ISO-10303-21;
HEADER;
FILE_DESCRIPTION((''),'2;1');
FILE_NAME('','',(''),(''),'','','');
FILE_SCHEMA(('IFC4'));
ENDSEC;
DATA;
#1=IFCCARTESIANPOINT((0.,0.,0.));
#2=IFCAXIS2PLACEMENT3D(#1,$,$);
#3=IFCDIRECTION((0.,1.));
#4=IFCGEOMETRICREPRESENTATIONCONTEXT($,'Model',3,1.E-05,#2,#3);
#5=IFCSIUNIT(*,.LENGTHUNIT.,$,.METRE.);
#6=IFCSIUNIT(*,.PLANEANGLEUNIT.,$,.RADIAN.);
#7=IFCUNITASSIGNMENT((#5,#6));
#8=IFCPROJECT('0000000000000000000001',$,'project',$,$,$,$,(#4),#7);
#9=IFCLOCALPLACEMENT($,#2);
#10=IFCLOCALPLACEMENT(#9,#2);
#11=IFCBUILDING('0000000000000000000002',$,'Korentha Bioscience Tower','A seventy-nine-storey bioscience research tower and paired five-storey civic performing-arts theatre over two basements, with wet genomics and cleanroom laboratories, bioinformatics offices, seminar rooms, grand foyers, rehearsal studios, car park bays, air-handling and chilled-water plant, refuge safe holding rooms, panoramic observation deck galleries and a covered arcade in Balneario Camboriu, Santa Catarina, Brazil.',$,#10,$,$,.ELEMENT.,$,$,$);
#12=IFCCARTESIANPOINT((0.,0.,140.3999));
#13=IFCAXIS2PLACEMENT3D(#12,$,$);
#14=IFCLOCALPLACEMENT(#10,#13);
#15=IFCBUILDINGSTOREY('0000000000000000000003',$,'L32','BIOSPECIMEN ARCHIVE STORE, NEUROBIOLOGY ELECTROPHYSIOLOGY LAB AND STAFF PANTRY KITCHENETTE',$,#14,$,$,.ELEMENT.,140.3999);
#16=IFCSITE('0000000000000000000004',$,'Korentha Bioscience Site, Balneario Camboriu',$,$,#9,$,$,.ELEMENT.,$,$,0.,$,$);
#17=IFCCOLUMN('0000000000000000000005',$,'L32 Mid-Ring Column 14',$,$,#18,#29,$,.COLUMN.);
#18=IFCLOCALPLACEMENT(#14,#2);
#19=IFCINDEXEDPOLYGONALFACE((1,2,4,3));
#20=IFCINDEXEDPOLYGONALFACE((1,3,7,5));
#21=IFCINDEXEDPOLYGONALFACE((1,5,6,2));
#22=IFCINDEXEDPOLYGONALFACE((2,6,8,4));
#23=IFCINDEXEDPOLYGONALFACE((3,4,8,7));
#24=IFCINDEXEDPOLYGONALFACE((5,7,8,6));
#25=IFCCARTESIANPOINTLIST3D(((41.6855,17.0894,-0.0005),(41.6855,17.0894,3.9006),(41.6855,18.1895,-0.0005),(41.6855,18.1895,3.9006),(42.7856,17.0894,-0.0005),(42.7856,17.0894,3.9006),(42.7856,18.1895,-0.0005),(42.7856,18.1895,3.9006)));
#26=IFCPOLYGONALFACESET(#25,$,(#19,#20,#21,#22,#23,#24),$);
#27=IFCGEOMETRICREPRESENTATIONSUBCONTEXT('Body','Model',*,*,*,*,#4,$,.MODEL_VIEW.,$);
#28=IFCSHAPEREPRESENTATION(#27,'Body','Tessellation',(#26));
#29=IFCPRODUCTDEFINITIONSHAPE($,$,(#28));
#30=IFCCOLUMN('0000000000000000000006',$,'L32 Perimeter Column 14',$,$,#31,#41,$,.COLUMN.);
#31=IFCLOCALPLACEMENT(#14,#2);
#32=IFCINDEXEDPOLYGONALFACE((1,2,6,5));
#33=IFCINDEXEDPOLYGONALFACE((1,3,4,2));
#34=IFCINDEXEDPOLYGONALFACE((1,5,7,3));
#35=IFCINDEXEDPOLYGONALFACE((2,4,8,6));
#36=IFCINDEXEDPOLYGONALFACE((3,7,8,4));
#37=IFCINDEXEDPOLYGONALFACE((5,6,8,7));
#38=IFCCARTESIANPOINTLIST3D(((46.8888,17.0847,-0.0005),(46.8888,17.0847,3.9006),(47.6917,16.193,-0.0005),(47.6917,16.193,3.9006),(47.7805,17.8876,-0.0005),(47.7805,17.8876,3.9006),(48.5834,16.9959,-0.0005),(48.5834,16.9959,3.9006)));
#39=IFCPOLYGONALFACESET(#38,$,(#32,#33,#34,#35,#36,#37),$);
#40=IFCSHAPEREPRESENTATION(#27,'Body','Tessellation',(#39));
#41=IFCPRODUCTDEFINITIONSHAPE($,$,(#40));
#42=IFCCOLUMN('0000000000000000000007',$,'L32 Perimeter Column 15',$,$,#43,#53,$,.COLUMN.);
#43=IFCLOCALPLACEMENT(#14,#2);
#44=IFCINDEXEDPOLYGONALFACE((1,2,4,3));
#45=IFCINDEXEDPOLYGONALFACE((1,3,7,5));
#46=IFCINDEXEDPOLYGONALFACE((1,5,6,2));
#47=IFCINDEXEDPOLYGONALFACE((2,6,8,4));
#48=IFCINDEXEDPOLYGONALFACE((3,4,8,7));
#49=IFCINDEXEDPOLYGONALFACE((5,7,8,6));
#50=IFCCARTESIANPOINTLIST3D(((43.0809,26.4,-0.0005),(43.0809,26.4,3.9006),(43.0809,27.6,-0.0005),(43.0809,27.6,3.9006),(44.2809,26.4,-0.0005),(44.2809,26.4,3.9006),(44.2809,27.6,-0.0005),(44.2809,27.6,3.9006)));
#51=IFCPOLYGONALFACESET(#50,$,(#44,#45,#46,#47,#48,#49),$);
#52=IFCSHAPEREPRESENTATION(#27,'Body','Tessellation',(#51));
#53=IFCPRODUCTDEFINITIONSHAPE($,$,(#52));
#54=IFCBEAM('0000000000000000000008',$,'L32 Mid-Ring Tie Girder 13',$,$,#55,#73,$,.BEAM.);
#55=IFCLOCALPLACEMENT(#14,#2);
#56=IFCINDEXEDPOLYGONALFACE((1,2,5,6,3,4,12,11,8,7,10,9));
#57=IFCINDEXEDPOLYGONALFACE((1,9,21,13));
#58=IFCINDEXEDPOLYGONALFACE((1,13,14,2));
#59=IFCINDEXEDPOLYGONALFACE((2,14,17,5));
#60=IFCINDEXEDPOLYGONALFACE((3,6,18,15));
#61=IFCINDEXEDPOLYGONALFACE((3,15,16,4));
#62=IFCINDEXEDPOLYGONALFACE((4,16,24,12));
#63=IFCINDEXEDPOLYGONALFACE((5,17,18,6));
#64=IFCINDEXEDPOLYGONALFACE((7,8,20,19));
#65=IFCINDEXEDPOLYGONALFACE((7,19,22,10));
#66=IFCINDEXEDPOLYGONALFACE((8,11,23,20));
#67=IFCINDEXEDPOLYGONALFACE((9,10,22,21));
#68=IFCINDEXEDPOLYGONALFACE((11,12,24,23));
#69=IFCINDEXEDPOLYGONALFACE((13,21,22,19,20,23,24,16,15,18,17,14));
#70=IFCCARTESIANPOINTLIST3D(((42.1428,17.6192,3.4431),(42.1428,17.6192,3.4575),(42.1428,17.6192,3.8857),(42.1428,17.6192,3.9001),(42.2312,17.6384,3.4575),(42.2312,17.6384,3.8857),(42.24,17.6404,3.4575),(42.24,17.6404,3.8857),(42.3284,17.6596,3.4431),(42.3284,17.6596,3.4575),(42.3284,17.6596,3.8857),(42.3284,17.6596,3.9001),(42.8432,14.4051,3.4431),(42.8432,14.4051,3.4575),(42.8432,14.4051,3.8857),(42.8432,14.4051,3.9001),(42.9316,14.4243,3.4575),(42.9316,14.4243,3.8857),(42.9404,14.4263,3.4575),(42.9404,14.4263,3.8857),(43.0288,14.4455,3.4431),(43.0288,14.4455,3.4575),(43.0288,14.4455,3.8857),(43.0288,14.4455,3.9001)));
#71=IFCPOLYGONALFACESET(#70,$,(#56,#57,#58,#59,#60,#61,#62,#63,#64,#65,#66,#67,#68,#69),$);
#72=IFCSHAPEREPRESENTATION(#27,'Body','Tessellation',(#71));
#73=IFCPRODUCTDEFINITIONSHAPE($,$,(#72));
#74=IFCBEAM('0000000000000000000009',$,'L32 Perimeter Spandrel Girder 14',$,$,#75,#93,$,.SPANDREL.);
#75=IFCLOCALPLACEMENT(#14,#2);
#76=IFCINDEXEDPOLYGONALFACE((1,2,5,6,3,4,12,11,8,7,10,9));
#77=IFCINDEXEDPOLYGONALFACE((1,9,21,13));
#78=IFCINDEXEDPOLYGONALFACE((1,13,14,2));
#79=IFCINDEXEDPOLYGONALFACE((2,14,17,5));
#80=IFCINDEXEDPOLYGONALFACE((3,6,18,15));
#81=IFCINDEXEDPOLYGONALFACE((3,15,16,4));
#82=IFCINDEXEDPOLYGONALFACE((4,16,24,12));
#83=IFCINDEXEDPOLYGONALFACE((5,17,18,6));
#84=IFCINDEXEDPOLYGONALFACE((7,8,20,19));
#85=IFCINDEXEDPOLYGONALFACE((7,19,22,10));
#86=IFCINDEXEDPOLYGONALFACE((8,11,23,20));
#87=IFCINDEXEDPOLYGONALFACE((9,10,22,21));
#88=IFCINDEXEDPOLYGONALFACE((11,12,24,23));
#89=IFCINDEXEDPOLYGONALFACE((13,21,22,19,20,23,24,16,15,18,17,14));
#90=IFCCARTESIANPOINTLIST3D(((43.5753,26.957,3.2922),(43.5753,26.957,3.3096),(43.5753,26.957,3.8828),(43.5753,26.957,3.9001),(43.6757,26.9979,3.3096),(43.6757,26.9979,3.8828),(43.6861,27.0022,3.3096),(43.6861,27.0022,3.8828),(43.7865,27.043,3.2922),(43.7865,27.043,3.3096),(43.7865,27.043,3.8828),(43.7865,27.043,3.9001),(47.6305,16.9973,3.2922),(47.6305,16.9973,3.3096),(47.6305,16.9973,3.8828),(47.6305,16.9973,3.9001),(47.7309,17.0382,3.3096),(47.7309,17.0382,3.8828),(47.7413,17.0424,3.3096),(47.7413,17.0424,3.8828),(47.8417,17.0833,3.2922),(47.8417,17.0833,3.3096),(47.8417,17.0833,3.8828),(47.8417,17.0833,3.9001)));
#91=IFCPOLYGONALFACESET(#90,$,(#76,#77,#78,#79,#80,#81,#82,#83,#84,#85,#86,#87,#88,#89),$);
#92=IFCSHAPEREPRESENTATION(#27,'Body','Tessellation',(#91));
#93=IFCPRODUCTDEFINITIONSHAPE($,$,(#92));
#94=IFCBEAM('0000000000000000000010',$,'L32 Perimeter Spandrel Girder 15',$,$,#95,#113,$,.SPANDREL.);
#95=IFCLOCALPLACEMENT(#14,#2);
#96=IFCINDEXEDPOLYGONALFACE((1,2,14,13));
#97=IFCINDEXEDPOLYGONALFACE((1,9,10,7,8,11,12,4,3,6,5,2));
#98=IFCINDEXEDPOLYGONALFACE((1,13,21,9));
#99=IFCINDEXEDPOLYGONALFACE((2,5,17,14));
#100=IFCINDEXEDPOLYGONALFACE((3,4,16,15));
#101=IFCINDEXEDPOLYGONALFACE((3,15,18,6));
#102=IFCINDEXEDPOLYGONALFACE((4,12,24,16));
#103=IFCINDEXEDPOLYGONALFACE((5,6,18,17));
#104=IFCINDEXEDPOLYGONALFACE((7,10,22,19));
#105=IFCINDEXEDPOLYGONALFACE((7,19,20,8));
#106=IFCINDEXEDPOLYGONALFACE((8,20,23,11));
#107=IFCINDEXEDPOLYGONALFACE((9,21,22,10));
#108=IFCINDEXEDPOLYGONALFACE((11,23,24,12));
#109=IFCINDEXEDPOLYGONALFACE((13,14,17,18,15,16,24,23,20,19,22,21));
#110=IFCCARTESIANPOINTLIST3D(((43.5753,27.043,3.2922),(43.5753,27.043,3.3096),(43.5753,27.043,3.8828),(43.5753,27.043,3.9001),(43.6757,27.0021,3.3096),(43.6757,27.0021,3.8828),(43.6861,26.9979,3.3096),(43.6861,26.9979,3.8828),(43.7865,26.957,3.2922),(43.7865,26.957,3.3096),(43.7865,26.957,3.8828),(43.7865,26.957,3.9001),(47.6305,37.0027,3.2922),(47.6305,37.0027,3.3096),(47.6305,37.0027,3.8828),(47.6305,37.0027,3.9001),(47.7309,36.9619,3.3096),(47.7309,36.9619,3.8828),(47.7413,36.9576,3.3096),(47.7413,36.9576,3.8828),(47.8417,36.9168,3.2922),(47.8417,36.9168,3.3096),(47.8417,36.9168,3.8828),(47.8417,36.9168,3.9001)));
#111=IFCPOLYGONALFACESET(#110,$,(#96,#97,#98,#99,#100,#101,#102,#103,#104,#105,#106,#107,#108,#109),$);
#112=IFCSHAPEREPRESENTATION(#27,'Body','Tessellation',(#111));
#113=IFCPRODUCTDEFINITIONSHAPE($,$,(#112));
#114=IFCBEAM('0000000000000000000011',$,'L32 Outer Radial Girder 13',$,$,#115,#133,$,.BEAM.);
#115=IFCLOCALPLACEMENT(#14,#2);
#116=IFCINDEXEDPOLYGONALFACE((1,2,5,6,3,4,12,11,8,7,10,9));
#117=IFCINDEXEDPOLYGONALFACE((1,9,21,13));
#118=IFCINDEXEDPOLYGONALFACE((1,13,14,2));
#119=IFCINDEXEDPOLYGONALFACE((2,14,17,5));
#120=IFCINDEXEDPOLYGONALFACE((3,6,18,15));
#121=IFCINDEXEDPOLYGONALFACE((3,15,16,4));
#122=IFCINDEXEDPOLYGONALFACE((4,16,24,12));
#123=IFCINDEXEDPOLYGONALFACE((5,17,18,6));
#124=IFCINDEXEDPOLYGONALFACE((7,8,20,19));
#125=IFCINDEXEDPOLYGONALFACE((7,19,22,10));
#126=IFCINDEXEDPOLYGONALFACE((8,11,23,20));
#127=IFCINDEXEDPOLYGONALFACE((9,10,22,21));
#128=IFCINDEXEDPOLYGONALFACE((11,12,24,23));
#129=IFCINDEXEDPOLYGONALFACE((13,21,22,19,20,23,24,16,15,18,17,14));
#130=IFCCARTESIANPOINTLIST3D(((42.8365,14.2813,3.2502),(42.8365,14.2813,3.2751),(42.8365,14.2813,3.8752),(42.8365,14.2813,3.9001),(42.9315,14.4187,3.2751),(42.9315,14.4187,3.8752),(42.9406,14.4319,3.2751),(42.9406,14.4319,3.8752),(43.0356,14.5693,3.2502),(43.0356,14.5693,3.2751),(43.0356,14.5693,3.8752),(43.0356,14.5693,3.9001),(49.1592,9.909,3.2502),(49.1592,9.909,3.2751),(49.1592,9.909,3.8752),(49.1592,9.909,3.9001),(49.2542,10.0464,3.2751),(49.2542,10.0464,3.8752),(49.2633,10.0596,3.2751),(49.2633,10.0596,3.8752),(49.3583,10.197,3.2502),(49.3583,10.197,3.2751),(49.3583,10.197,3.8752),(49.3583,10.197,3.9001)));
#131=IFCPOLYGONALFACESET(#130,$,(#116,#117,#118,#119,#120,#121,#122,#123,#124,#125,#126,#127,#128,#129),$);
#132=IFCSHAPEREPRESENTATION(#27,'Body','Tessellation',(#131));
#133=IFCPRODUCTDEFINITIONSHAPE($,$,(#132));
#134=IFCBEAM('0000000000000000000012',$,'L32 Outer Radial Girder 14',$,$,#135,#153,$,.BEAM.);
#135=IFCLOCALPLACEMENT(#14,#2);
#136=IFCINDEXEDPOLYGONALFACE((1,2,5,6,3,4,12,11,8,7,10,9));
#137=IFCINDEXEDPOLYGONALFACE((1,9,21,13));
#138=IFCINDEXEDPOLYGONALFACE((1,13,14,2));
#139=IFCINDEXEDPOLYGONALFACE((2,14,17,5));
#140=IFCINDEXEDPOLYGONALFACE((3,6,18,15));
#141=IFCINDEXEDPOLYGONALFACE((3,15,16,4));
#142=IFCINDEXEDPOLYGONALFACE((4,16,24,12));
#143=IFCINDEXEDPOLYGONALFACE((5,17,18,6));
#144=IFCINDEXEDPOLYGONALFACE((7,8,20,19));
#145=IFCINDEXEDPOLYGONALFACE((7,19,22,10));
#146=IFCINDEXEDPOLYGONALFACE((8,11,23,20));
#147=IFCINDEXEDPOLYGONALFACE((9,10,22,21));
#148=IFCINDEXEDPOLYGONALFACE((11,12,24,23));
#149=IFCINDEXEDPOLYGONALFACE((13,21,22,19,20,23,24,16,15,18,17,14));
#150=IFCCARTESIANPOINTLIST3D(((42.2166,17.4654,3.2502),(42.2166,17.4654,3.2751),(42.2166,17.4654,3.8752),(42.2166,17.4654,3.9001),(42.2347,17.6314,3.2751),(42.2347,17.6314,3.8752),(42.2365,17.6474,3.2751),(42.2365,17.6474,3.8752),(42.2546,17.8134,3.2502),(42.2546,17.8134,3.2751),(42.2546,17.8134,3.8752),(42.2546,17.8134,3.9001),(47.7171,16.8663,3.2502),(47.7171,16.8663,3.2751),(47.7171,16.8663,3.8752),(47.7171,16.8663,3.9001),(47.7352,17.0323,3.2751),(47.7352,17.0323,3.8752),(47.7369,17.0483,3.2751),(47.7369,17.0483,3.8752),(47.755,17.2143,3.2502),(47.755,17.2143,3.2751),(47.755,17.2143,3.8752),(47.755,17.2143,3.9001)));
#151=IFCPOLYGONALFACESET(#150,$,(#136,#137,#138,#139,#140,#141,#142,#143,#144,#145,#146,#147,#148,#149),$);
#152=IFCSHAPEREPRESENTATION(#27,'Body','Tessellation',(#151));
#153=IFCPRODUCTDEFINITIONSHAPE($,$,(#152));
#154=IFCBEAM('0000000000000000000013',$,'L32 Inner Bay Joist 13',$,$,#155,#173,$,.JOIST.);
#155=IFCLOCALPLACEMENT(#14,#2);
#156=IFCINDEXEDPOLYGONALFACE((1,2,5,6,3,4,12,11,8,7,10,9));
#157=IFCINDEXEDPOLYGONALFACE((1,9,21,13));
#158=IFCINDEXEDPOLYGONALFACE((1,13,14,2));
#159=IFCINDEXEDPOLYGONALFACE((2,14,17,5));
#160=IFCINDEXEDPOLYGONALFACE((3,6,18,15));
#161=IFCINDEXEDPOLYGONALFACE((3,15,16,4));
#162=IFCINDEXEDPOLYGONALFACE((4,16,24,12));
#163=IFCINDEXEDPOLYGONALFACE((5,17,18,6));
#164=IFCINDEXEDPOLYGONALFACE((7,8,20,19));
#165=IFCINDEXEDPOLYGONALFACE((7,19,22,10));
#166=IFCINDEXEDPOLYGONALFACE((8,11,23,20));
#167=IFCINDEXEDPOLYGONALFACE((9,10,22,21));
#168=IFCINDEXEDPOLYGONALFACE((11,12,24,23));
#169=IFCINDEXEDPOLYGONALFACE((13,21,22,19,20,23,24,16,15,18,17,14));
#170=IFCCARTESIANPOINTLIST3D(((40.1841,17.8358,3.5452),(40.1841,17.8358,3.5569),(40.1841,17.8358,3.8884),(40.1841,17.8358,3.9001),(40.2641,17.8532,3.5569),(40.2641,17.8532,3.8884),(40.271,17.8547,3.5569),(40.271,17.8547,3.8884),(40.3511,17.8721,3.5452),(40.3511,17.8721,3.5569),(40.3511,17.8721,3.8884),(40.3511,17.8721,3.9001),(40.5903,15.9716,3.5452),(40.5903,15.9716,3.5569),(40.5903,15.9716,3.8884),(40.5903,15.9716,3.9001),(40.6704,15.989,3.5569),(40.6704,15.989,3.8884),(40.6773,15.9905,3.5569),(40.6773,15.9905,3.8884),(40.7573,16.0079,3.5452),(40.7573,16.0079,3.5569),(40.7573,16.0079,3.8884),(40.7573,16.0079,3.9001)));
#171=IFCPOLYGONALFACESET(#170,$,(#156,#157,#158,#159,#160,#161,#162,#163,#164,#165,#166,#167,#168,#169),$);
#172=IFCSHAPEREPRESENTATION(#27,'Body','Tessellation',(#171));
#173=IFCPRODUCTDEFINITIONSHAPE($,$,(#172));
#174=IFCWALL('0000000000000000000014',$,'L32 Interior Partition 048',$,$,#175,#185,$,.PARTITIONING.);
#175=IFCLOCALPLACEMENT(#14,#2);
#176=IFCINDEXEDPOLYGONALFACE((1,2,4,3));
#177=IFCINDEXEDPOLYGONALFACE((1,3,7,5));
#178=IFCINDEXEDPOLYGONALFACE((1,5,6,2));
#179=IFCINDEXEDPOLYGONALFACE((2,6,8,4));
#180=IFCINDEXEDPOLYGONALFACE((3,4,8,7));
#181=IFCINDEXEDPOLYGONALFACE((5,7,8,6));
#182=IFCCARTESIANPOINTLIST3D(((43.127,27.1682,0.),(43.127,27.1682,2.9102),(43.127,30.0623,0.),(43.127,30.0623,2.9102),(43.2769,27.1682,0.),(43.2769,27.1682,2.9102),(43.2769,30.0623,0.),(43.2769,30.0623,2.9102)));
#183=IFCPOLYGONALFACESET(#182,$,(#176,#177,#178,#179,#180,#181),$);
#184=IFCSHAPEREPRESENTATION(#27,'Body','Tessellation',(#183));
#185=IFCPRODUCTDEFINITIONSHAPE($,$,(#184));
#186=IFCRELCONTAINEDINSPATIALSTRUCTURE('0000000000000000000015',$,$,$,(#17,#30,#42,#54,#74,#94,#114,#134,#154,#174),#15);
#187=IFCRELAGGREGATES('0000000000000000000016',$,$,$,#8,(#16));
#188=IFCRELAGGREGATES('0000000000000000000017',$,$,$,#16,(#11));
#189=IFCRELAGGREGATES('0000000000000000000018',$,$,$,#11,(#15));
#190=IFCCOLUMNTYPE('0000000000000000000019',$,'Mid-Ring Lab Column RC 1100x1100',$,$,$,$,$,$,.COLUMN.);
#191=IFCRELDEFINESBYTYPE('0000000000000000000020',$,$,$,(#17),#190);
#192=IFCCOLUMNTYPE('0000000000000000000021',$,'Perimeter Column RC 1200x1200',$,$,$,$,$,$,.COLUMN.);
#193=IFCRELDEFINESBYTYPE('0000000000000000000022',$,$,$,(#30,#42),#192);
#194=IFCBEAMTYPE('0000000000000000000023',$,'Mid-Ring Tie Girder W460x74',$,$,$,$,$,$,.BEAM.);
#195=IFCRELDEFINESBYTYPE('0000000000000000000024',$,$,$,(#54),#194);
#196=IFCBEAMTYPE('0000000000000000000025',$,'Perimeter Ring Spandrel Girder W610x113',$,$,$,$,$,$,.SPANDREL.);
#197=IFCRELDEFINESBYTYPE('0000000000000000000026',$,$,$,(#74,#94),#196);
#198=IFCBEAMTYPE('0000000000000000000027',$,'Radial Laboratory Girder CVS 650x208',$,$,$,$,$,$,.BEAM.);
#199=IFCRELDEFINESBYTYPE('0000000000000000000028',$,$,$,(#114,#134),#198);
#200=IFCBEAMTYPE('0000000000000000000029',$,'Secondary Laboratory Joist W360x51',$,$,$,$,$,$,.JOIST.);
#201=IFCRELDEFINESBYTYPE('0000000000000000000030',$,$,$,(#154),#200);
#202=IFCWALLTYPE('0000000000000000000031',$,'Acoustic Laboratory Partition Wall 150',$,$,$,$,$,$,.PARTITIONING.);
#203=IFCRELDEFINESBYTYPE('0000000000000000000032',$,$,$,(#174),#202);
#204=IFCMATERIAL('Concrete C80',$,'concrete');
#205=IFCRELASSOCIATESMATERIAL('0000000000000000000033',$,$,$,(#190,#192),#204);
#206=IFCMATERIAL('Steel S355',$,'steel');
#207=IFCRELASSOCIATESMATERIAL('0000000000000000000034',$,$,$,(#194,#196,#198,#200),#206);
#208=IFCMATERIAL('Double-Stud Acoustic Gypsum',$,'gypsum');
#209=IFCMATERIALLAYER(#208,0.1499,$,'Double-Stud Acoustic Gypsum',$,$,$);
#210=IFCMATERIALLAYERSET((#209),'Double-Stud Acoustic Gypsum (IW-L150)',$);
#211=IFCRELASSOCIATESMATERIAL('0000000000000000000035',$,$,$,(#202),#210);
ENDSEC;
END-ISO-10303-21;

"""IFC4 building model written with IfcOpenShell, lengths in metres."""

from ifc_helpers import new_model, si_unit, direction, frame, frame_2d, origin, origin_2d, place, context, subcontext, project, spatial, rectangle, i_section, extrude, material, layer, layer_set, material_profile, profile_set, type_object, element, save


model = new_model("IFC4")

# Units and contexts
model_context = context("Model", 3, precision=1e-05, world=origin(), true_north=direction((0.0, 1.0)))
body_context = subcontext(model_context, "Body", "Model", "MODEL_VIEW")
ifc_project = project(units=[si_unit("LENGTHUNIT", "METRE"), si_unit("PLANEANGLEUNIT", "RADIAN")], contexts=[model_context])

# Site, building, storey
site_placement = place(None, origin())
site = spatial("IfcSite", under=ifc_project, at=site_placement, Name="Korentha Bioscience Site, Balneario Camboriu", CompositionType="ELEMENT", RefElevation=0.0)
building_placement = place(site_placement, origin())
building = spatial("IfcBuilding", under=site, at=building_placement, Name="Korentha Bioscience Tower", Description="A seventy-nine-storey bioscience research tower and paired five-storey civic performing-arts theatre over two basements, with wet genomics and cleanroom laboratories, bioinformatics offices, seminar rooms, grand foyers, rehearsal studios, car park bays, air-handling and chilled-water plant, refuge safe holding rooms, panoramic observation deck galleries and a covered arcade in Balneario Camboriu, Santa Catarina, Brazil.", CompositionType="ELEMENT")
storey_placement = place(building_placement, frame((0.0, 0.0, 140.3999)))
storey = spatial("IfcBuildingStorey", under=building, at=storey_placement, Name="L32", Description="BIOSPECIMEN ARCHIVE STORE, NEUROBIOLOGY ELECTROPHYSIOLOGY LAB AND STAFF PANTRY KITCHENETTE", CompositionType="ELEMENT", Elevation=140.3999)

# Columns
ifc_material_1 = material(Name="Concrete C80", Category="concrete")
ifc_material_profile_1 = material_profile(ifc_material_1, rectangle(XDim=1.1001, YDim=1.1001, at=origin_2d()), Name="Concrete C80")
ifc_profile_set_1 = profile_set([ifc_material_profile_1], Name="Concrete C80 (COL-MR11)")
column_type_1 = type_object("IfcColumnType", Name="Mid-Ring Lab Column RC 1100x1100", PredefinedType="COLUMN", material=ifc_profile_set_1)
column_placement = place(storey_placement, frame((42.2356, 17.6394, -0.0005), z_axis=(0.0, 0.0, 1.0), x_axis=(1.0, 0.0, 0.0)))
element("IfcColumn", 1, at=column_placement, inside=storey, type_object=column_type_1, Name="L32 Mid-Ring Column 14", PredefinedType="COLUMN", context=body_context, shape_type="SweptSolid", body=[
    extrude(rectangle(XDim=1.1001, YDim=1.1001, at=origin_2d()), origin(), (0.0, 0.0, 1.0), 3.9011),
])
ifc_material_profile_2 = material_profile(ifc_material_1, rectangle(XDim=1.2, YDim=1.2, at=origin_2d()), Name="Concrete C80")
ifc_profile_set_2 = profile_set([ifc_material_profile_2], Name="Concrete C80 (COL-P12)")
column_type_2 = type_object("IfcColumnType", Name="Perimeter Column RC 1200x1200", PredefinedType="COLUMN", material=ifc_profile_set_2)
for number, where, z_axis, x_axis, name in (
    (2, (47.7361, 17.0403, -0.0005), (0.0, 0.0, 1.0), (-0.669131, 0.743145, 0.0), "L32 Perimeter Column 14"),
    (3, (43.6809, 27.0, -0.0005), (0.0, 0.0, 1.0), (0.0, 1.0, 0.0), "L32 Perimeter Column 15"),
):
    element("IfcColumn", number, at=place(storey_placement, frame(where, z_axis=z_axis, x_axis=x_axis)), inside=storey, type_object=column_type_2, Name=name, PredefinedType="COLUMN", context=body_context, shape_type="SweptSolid", body=[
        extrude(rectangle(XDim=1.2, YDim=1.2, at=origin_2d()), origin(), (0.0, 0.0, 1.0), 3.9011),
    ])

# Beams
ifc_material_2 = material(Name="Steel S355", Category="steel")
ifc_material_profile_3 = material_profile(ifc_material_2, i_section(OverallWidth=0.1899, OverallDepth=0.457, WebThickness=0.009, FlangeThickness=0.0144, at=origin_2d()), Name="Steel S355")
ifc_profile_set_3 = profile_set([ifc_material_profile_3], Name="Steel S355 (MB-460)")
beam_type_1 = type_object("IfcBeamType", Name="Mid-Ring Tie Girder W460x74", PredefinedType="BEAM", material=ifc_profile_set_3)
beam_1_placement = place(storey_placement, frame((42.936, 14.4253, 3.6716), z_axis=(-0.212929, 0.977068, 0.0), x_axis=(-0.977068, -0.212929, 0.0)))
element("IfcBeam", 4, at=beam_1_placement, inside=storey, type_object=beam_type_1, Name="L32 Mid-Ring Tie Girder 13", PredefinedType="BEAM", context=body_context, shape_type="SweptSolid", body=[
    extrude(i_section(OverallWidth=0.1899, OverallDepth=0.457, WebThickness=0.009, FlangeThickness=0.0144, at=origin_2d()), origin(), (0.0, 0.0, 1.0), 3.2896),
])
ifc_material_profile_4 = material_profile(ifc_material_2, i_section(OverallWidth=0.228, OverallDepth=0.6079, WebThickness=0.0112, FlangeThickness=0.0173, at=origin_2d()), Name="Steel S355")
ifc_profile_set_4 = profile_set([ifc_material_profile_4], Name="Steel S355 (SB-610)")
beam_type_2 = type_object("IfcBeamType", Name="Perimeter Ring Spandrel Girder W610x113", PredefinedType="SPANDREL", material=ifc_profile_set_4)
for number, where, z_axis, x_axis, name in (
    (5, (47.7361, 17.0403, 3.5962), (-0.377099, 0.926173, 0.0), (-0.926173, -0.377099, 0.0), "L32 Perimeter Spandrel Girder 14"),
    (6, (43.6809, 27.0, 3.5962), (0.377099, 0.926173, 0.0), (-0.926173, 0.377099, 0.0), "L32 Perimeter Spandrel Girder 15"),
):
    element("IfcBeam", number, at=place(storey_placement, frame(where, z_axis=z_axis, x_axis=x_axis)), inside=storey, type_object=beam_type_2, Name=name, PredefinedType="SPANDREL", context=body_context, shape_type="SweptSolid", body=[
        extrude(i_section(OverallWidth=0.228, OverallDepth=0.6079, WebThickness=0.0112, FlangeThickness=0.0173, at=origin_2d()), origin(), (0.0, 0.0, 1.0), 10.7537),
    ])
ifc_material_profile_5 = material_profile(ifc_material_2, i_section(OverallWidth=0.3501, OverallDepth=0.6499, WebThickness=0.0161, FlangeThickness=0.0249, at=origin_2d()), Name="Steel S355")
ifc_profile_set_5 = profile_set([ifc_material_profile_5], Name="Steel S355 (RB-650)")
beam_type_3 = type_object("IfcBeamType", Name="Radial Laboratory Girder CVS 650x208", PredefinedType="BEAM", material=ifc_profile_set_5)
beam_2_placement = place(storey_placement, frame((42.936, 14.4253, 3.5752), z_axis=(0.822495, -0.568772, 0.0), x_axis=(0.568772, 0.822495, 0.0)))
element("IfcBeam", 7, at=beam_2_placement, inside=storey, type_object=beam_type_3, Name="L32 Outer Radial Girder 13", PredefinedType="BEAM", context=body_context, shape_type="SweptSolid", body=[
    extrude(i_section(OverallWidth=0.3501, OverallDepth=0.6499, WebThickness=0.0161, FlangeThickness=0.0249, at=origin_2d()), origin(), (0.0, 0.0, 1.0), 7.6873),
])
beam_3_placement = place(storey_placement, frame((42.2356, 17.6394, 3.5752), z_axis=(0.99412, -0.108281, 0.0), x_axis=(0.108281, 0.99412, 0.0)))
element("IfcBeam", 8, at=beam_3_placement, inside=storey, type_object=beam_type_3, Name="L32 Outer Radial Girder 14", PredefinedType="BEAM", context=body_context, shape_type="SweptSolid", body=[
    extrude(i_section(OverallWidth=0.3501, OverallDepth=0.6499, WebThickness=0.0161, FlangeThickness=0.0249, at=origin_2d()), origin(), (0.0, 0.0, 1.0), 5.533),
])
ifc_material_profile_6 = material_profile(ifc_material_2, i_section(OverallWidth=0.1709, OverallDepth=0.355, WebThickness=0.0071, FlangeThickness=0.0117, at=origin_2d()), Name="Steel S355")
ifc_profile_set_6 = profile_set([ifc_material_profile_6], Name="Steel S355 (JB-360)")
beam_type_4 = type_object("IfcBeamType", Name="Secondary Laboratory Joist W360x51", PredefinedType="JOIST", material=ifc_profile_set_6)
beam_4_placement = place(storey_placement, frame((40.6738, 15.9897, 3.7227), z_axis=(-0.212918, 0.97707, 0.0), x_axis=(-0.97707, -0.212918, 0.0)))
element("IfcBeam", 9, at=beam_4_placement, inside=storey, type_object=beam_type_4, Name="L32 Inner Bay Joist 13", PredefinedType="JOIST", context=body_context, shape_type="SweptSolid", body=[
    extrude(i_section(OverallWidth=0.1709, OverallDepth=0.355, WebThickness=0.0071, FlangeThickness=0.0117, at=origin_2d()), origin(), (0.0, 0.0, 1.0), 1.908),
])

# Wall
ifc_material_3 = material(Name="Double-Stud Acoustic Gypsum", Category="gypsum")
ifc_layer_1 = layer(ifc_material_3, 0.1499, Name="Double-Stud Acoustic Gypsum")
ifc_layer_set_1 = layer_set([ifc_layer_1], Name="Double-Stud Acoustic Gypsum (IW-L150)")
wall_type_1 = type_object("IfcWallType", Name="Acoustic Laboratory Partition Wall 150", PredefinedType="PARTITIONING", material=ifc_layer_set_1)
wall_1_placement = place(storey_placement, frame((43.2019, 27.1682, 0.0), z_axis=(0.0, 0.0, 1.0), x_axis=(0.0, 1.0, 0.0)))
element("IfcWall", 10, at=wall_1_placement, inside=storey, type_object=wall_type_1, Name="L32 Interior Partition 048", PredefinedType="PARTITIONING", context=body_context, shape_type="SweptSolid", body=[
    extrude(rectangle(XDim=2.894, YDim=0.1499, at=frame_2d((1.447, 0.0))), origin(), (0.0, 0.0, 1.0), 2.9102),
])

save(model, "model.ifc")
